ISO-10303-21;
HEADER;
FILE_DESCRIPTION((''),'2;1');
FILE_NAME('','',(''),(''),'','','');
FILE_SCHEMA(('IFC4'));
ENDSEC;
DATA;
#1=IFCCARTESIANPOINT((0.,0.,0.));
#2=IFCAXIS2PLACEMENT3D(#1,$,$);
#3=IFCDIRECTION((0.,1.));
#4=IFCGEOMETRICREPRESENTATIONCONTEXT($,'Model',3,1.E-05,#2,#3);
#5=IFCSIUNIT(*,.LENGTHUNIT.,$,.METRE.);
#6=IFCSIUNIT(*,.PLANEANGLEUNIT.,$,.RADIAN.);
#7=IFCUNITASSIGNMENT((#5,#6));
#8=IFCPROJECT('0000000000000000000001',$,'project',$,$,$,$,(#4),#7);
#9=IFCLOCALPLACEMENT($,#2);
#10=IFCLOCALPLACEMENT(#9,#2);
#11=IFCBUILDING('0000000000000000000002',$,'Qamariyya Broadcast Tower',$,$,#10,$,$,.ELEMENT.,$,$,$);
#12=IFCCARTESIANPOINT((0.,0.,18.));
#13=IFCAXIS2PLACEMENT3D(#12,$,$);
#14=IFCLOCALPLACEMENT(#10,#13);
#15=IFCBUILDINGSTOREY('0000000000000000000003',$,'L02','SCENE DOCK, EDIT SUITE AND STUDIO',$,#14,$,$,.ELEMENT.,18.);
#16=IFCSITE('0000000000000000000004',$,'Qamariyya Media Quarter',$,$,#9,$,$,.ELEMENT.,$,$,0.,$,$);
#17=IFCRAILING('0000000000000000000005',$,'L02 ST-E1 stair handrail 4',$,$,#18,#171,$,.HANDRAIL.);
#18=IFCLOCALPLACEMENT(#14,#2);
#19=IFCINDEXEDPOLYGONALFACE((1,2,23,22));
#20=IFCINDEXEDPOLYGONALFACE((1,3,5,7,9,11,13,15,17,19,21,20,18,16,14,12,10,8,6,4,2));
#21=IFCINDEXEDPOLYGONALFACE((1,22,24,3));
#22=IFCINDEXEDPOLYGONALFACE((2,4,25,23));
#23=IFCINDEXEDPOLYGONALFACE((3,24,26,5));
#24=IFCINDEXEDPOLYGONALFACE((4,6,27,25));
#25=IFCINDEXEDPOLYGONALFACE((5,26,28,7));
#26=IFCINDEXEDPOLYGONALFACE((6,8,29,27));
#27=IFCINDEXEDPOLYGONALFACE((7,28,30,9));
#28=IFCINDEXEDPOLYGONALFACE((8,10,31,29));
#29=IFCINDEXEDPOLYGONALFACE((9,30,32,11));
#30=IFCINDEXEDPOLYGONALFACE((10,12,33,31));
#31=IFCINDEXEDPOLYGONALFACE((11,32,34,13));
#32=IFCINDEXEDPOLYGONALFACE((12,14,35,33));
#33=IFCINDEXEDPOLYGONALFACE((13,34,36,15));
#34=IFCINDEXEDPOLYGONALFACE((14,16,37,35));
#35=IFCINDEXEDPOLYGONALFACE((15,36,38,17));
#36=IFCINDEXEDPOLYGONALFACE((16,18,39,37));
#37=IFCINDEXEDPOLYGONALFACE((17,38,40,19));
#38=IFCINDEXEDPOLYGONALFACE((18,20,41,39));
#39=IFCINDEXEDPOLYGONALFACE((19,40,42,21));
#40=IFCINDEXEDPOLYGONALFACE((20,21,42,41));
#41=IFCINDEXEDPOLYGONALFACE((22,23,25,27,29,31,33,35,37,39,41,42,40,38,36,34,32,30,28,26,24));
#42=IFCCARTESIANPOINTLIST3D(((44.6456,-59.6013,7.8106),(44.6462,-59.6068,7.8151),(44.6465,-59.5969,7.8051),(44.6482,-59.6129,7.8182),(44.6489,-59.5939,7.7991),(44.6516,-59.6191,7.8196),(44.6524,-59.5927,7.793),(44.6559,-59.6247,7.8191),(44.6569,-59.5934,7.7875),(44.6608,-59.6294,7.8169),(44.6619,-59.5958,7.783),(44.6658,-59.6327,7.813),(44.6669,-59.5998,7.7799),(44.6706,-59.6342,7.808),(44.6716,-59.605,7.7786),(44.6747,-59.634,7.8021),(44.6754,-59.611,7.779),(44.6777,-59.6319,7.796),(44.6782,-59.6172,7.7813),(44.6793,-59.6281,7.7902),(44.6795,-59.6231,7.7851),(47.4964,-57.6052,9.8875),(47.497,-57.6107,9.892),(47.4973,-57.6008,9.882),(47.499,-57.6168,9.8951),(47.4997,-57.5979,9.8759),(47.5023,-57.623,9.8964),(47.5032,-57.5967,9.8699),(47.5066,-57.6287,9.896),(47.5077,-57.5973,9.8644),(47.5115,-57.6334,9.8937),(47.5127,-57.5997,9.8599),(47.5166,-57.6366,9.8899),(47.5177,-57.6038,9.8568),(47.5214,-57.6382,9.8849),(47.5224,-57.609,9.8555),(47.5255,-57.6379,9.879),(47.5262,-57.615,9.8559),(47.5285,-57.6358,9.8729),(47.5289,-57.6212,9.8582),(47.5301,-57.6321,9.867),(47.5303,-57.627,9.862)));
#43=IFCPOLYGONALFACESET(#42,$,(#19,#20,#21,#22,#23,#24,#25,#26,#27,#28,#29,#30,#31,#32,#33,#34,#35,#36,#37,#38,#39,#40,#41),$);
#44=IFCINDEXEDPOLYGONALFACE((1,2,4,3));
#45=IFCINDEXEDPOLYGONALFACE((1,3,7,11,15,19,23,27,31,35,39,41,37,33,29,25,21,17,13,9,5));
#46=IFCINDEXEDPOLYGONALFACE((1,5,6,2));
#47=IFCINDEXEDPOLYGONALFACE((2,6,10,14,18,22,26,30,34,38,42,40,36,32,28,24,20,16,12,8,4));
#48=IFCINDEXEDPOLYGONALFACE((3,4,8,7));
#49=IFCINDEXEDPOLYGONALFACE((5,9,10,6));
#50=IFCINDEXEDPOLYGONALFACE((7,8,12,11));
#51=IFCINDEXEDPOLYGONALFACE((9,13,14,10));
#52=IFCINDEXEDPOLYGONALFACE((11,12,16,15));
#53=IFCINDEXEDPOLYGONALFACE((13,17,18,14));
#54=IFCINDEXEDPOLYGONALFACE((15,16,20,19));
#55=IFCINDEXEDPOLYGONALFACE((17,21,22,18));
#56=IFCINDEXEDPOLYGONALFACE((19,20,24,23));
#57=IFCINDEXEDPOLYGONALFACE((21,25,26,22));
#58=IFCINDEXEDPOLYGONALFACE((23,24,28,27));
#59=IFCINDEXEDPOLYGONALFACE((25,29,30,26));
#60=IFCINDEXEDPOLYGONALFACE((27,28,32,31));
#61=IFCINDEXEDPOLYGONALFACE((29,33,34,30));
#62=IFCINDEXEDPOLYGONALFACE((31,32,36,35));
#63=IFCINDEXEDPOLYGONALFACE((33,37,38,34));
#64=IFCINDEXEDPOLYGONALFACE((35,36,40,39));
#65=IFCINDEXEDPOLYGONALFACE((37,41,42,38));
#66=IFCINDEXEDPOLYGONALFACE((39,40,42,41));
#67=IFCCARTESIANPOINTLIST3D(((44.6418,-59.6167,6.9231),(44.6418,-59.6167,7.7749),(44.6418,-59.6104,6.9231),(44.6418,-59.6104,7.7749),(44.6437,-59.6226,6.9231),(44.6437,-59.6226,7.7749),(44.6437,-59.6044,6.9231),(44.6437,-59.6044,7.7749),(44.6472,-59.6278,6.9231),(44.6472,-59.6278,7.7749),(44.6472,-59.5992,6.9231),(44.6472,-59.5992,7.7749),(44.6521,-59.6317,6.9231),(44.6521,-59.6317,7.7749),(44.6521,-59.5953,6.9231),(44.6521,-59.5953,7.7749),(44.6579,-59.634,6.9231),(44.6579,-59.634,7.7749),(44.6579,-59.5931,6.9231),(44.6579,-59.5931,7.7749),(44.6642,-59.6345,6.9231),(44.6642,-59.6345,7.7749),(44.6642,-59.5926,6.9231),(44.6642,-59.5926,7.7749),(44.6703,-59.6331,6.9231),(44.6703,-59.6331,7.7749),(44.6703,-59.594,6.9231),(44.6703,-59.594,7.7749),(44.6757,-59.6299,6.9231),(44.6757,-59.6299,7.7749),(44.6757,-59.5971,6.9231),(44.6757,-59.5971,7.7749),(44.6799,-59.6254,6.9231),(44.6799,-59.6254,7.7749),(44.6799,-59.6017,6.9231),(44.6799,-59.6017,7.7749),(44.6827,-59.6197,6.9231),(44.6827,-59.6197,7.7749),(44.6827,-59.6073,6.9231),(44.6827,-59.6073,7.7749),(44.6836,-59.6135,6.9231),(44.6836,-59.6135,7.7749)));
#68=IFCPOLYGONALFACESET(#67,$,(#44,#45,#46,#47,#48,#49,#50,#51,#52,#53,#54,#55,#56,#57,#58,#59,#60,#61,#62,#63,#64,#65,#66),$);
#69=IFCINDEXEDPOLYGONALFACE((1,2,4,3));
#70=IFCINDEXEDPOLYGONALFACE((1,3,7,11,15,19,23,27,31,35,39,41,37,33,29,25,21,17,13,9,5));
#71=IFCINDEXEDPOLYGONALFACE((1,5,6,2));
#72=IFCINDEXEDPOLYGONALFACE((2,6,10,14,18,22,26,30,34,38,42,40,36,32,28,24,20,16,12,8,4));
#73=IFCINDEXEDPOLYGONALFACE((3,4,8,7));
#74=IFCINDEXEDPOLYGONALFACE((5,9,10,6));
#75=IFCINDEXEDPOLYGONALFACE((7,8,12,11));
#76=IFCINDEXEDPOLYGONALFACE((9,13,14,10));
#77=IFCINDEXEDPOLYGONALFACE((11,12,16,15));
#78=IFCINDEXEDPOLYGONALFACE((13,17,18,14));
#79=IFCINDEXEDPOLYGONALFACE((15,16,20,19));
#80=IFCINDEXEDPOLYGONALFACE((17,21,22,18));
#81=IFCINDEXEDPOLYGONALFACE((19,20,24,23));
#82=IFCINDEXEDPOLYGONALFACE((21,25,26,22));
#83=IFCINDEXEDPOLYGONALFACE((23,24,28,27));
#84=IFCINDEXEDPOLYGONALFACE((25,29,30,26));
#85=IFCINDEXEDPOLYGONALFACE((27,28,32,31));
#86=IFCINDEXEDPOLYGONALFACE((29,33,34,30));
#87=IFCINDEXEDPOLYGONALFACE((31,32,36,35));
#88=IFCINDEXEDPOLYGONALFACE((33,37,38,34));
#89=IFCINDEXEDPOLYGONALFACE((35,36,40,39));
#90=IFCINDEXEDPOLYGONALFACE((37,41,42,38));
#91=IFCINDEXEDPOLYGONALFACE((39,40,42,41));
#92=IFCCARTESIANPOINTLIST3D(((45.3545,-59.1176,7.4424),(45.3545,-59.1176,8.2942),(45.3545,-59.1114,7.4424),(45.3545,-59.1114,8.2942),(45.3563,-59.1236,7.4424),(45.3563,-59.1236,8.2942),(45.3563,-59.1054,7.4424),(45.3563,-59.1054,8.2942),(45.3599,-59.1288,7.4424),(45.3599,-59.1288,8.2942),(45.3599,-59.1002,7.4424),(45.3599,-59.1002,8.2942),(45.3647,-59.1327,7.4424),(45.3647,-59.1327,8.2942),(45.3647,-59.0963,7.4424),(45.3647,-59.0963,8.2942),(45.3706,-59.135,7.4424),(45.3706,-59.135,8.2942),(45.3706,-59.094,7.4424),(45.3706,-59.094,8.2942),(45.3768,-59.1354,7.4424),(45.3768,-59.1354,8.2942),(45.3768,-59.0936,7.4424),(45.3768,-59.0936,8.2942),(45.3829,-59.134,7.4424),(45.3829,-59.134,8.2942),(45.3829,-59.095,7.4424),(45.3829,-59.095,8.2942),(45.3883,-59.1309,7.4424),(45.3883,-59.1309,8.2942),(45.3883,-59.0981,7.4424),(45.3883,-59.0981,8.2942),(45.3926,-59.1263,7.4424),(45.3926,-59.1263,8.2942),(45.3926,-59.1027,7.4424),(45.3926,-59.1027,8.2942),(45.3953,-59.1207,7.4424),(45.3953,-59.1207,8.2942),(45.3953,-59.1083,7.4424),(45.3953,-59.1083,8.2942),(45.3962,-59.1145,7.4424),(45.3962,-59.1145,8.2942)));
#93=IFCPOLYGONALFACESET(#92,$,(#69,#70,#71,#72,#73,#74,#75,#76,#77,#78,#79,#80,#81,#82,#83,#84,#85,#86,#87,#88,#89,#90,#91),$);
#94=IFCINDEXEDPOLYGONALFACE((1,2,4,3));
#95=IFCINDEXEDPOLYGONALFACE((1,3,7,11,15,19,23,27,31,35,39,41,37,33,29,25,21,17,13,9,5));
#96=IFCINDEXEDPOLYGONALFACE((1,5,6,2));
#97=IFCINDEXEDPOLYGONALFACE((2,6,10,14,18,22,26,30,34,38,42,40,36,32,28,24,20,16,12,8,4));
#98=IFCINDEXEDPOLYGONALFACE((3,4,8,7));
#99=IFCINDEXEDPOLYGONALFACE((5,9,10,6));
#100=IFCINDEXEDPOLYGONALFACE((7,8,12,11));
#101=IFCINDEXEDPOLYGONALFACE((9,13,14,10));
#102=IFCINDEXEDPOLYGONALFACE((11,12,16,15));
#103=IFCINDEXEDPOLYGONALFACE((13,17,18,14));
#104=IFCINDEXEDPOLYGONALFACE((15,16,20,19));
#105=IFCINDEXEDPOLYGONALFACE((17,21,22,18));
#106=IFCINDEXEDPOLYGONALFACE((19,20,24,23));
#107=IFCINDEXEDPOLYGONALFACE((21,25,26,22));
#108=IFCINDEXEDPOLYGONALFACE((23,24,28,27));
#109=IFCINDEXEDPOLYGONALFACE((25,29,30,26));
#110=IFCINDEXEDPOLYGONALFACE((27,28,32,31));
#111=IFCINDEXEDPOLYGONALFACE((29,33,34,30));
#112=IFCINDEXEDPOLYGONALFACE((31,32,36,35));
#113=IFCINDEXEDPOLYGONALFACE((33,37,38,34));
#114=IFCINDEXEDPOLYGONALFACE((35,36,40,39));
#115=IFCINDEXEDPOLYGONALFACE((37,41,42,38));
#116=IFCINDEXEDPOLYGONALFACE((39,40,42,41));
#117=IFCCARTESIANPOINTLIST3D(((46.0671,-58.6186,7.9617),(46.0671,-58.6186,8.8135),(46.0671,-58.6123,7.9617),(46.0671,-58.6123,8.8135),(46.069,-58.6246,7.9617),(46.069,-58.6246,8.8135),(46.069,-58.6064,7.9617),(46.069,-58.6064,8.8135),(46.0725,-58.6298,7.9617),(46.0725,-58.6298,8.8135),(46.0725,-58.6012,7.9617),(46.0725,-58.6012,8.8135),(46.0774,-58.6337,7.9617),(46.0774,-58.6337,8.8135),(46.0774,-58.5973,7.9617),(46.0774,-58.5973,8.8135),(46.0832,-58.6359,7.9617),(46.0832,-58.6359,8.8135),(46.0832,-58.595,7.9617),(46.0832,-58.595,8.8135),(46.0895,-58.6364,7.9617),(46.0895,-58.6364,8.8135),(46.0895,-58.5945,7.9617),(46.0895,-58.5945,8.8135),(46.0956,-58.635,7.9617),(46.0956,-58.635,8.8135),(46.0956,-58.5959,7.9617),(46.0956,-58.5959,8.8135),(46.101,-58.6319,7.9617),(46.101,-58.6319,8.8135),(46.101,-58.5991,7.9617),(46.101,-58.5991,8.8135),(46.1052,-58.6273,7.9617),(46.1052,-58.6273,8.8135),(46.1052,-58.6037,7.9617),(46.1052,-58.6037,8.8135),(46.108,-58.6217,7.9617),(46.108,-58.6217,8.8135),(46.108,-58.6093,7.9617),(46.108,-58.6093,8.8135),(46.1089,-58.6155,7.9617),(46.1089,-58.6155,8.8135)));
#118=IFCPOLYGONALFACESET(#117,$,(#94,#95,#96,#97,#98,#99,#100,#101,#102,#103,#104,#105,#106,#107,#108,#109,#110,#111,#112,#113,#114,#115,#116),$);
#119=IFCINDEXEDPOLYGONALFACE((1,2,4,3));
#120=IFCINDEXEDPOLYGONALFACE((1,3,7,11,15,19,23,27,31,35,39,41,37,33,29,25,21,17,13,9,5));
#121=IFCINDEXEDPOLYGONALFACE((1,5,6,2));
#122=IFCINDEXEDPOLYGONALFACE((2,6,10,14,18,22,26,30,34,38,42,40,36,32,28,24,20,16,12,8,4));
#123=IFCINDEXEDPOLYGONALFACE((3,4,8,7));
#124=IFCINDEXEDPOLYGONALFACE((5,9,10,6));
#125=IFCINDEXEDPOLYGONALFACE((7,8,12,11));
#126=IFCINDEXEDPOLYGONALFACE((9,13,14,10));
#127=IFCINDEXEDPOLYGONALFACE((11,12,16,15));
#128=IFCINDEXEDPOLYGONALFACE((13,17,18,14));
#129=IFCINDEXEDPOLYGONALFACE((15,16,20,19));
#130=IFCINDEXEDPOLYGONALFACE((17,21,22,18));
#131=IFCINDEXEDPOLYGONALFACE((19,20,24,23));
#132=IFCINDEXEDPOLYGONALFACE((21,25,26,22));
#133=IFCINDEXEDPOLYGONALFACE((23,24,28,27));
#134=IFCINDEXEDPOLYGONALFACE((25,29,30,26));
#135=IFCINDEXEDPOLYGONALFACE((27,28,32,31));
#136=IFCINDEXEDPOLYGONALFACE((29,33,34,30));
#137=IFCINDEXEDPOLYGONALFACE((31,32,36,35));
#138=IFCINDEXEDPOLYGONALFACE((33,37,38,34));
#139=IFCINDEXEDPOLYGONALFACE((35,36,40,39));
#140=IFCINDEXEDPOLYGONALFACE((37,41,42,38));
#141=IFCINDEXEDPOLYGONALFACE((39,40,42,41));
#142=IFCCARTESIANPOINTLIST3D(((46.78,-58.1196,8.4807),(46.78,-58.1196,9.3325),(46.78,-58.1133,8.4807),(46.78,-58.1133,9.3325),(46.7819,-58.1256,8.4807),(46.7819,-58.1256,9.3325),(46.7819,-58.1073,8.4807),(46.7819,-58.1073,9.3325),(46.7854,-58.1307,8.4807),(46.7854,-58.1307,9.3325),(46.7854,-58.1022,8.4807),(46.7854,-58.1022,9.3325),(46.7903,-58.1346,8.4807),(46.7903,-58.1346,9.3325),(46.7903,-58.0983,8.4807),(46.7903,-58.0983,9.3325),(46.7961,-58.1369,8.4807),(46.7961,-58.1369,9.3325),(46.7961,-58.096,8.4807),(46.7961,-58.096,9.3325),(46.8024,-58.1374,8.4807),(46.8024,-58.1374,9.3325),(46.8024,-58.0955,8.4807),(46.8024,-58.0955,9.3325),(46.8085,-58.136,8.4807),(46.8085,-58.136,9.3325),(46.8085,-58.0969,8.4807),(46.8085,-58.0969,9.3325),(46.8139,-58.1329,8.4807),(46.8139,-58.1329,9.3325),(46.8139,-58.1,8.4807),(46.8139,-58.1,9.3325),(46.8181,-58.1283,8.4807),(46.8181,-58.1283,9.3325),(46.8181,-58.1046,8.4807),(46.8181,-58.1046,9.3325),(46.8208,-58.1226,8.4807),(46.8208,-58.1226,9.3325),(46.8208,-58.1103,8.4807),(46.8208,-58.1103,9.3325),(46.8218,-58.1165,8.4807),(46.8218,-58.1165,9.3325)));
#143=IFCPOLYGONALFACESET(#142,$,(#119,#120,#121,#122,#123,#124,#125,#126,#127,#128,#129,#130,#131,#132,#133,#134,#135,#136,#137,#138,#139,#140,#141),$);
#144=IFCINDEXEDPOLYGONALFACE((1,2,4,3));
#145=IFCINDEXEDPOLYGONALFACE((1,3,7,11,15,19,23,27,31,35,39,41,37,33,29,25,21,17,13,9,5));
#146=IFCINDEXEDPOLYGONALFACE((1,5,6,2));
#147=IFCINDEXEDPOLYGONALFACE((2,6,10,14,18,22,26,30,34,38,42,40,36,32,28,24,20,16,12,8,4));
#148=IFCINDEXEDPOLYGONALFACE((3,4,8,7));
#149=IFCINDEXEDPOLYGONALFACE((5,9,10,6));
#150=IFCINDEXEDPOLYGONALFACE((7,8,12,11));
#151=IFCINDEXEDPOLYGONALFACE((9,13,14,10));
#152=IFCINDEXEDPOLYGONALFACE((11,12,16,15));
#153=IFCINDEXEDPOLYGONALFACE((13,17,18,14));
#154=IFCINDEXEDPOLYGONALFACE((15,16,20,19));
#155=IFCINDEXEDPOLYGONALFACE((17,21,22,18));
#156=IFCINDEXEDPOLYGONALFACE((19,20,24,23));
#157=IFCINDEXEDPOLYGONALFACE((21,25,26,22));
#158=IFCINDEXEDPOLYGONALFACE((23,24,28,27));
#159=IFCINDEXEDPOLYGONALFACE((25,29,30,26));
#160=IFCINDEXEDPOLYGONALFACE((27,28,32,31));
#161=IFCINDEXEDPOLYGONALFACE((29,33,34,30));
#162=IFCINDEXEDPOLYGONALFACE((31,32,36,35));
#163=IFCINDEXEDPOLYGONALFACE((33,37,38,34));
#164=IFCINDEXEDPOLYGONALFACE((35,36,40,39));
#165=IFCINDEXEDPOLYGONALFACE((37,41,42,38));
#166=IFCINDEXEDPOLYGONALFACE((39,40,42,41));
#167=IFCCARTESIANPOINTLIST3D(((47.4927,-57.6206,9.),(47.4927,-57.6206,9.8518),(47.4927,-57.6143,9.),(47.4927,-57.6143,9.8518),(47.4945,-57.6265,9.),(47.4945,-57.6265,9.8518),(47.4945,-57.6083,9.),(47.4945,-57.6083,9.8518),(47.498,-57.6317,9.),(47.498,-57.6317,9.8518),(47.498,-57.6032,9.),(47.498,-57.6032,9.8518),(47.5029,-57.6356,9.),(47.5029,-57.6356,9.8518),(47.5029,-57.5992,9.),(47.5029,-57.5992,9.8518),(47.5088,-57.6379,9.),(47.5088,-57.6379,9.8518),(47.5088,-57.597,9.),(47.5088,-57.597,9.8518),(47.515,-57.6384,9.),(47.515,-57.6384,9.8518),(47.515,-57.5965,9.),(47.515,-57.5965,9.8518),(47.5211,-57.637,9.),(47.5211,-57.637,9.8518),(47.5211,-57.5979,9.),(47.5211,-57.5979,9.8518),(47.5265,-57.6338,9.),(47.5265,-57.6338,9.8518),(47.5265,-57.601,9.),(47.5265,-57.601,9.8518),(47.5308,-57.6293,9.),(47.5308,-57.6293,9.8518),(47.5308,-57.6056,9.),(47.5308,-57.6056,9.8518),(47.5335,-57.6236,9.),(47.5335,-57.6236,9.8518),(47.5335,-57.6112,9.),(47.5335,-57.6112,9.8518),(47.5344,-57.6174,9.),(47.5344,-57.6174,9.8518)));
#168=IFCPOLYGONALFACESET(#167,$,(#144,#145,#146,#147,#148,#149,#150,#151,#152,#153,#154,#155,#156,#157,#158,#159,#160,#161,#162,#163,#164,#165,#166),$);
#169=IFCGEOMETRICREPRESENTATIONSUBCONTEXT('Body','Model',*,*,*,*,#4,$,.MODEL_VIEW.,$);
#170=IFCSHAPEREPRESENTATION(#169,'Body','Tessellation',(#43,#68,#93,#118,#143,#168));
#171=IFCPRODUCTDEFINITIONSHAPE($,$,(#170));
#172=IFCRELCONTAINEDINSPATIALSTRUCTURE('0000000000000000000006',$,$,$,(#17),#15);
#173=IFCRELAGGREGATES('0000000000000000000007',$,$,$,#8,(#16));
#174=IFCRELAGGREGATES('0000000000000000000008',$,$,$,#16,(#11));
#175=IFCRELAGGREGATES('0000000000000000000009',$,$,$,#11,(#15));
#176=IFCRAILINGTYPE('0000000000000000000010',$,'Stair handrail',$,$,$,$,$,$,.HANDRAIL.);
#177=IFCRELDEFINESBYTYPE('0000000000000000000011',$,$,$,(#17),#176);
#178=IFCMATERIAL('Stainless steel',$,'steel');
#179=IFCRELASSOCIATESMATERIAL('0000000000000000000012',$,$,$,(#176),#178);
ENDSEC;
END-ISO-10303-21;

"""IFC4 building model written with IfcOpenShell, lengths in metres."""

from ifc_helpers import new_model, si_unit, direction, frame, origin, origin_2d, place, context, subcontext, project, spatial, circle, extrude, material, type_object, element, save


model = new_model("IFC4")

# Units and contexts
model_context = context("Model", 3, precision=1e-05, world=origin(), true_north=direction((0.0, 1.0)))
body_context = subcontext(model_context, "Body", "Model", "MODEL_VIEW")
ifc_project = project(units=[si_unit("LENGTHUNIT", "METRE"), si_unit("PLANEANGLEUNIT", "RADIAN")], contexts=[model_context])

# Site, building, storey
site_placement = place(None, origin())
site = spatial("IfcSite", under=ifc_project, at=site_placement, Name="Qamariyya Media Quarter", CompositionType="ELEMENT", RefElevation=0.0)
building_placement = place(site_placement, origin())
building = spatial("IfcBuilding", under=site, at=building_placement, Name="Qamariyya Broadcast Tower", CompositionType="ELEMENT")
storey_placement = place(building_placement, frame((0.0, 0.0, 18.0)))
storey = spatial("IfcBuildingStorey", under=building, at=storey_placement, Name="L02", Description="SCENE DOCK, EDIT SUITE AND STUDIO", CompositionType="ELEMENT", Elevation=18.0)

# Railing
ifc_material_1 = material(Name="Stainless steel", Category="steel")
railing_type_1 = type_object("IfcRailingType", Name="Stair handrail", PredefinedType="HANDRAIL", material=ifc_material_1)
railing_1_placement = place(storey_placement, frame((44.6626, -59.6135, 6.9231)))
element("IfcRailing", 1, at=railing_1_placement, inside=storey, type_object=railing_type_1, Name="L02 ST-E1 stair handrail 4", PredefinedType="HANDRAIL", context=body_context, shape_type="SweptSolid", body=[
    extrude(circle(Radius=0.0239, at=origin_2d()), frame((0.0, 0.0, 0.876), z_axis=(0.703423, 0.492523, 0.512462), x_axis=(-0.573561, 0.819163, 0.0)), (0.0, 0.0, 1.0), 4.0527),
    extrude(circle(Radius=0.021, at=origin_2d()), origin(), (0.0, 0.0, 1.0), 0.8518),
    extrude(circle(Radius=0.021, at=origin_2d()), frame((0.7126, 0.499, 0.5193)), (0.0, 0.0, 1.0), 0.8518),
    extrude(circle(Radius=0.021, at=origin_2d()), frame((1.4253, 0.998, 1.0386)), (0.0, 0.0, 1.0), 0.8518),
    extrude(circle(Radius=0.021, at=origin_2d()), frame((2.1382, 1.4971, 1.5576)), (0.0, 0.0, 1.0), 0.8518),
    extrude(circle(Radius=0.021, at=origin_2d()), frame((2.8508, 1.9961, 2.0769)), (0.0, 0.0, 1.0), 0.8518),
])

save(model, "model.ifc")
